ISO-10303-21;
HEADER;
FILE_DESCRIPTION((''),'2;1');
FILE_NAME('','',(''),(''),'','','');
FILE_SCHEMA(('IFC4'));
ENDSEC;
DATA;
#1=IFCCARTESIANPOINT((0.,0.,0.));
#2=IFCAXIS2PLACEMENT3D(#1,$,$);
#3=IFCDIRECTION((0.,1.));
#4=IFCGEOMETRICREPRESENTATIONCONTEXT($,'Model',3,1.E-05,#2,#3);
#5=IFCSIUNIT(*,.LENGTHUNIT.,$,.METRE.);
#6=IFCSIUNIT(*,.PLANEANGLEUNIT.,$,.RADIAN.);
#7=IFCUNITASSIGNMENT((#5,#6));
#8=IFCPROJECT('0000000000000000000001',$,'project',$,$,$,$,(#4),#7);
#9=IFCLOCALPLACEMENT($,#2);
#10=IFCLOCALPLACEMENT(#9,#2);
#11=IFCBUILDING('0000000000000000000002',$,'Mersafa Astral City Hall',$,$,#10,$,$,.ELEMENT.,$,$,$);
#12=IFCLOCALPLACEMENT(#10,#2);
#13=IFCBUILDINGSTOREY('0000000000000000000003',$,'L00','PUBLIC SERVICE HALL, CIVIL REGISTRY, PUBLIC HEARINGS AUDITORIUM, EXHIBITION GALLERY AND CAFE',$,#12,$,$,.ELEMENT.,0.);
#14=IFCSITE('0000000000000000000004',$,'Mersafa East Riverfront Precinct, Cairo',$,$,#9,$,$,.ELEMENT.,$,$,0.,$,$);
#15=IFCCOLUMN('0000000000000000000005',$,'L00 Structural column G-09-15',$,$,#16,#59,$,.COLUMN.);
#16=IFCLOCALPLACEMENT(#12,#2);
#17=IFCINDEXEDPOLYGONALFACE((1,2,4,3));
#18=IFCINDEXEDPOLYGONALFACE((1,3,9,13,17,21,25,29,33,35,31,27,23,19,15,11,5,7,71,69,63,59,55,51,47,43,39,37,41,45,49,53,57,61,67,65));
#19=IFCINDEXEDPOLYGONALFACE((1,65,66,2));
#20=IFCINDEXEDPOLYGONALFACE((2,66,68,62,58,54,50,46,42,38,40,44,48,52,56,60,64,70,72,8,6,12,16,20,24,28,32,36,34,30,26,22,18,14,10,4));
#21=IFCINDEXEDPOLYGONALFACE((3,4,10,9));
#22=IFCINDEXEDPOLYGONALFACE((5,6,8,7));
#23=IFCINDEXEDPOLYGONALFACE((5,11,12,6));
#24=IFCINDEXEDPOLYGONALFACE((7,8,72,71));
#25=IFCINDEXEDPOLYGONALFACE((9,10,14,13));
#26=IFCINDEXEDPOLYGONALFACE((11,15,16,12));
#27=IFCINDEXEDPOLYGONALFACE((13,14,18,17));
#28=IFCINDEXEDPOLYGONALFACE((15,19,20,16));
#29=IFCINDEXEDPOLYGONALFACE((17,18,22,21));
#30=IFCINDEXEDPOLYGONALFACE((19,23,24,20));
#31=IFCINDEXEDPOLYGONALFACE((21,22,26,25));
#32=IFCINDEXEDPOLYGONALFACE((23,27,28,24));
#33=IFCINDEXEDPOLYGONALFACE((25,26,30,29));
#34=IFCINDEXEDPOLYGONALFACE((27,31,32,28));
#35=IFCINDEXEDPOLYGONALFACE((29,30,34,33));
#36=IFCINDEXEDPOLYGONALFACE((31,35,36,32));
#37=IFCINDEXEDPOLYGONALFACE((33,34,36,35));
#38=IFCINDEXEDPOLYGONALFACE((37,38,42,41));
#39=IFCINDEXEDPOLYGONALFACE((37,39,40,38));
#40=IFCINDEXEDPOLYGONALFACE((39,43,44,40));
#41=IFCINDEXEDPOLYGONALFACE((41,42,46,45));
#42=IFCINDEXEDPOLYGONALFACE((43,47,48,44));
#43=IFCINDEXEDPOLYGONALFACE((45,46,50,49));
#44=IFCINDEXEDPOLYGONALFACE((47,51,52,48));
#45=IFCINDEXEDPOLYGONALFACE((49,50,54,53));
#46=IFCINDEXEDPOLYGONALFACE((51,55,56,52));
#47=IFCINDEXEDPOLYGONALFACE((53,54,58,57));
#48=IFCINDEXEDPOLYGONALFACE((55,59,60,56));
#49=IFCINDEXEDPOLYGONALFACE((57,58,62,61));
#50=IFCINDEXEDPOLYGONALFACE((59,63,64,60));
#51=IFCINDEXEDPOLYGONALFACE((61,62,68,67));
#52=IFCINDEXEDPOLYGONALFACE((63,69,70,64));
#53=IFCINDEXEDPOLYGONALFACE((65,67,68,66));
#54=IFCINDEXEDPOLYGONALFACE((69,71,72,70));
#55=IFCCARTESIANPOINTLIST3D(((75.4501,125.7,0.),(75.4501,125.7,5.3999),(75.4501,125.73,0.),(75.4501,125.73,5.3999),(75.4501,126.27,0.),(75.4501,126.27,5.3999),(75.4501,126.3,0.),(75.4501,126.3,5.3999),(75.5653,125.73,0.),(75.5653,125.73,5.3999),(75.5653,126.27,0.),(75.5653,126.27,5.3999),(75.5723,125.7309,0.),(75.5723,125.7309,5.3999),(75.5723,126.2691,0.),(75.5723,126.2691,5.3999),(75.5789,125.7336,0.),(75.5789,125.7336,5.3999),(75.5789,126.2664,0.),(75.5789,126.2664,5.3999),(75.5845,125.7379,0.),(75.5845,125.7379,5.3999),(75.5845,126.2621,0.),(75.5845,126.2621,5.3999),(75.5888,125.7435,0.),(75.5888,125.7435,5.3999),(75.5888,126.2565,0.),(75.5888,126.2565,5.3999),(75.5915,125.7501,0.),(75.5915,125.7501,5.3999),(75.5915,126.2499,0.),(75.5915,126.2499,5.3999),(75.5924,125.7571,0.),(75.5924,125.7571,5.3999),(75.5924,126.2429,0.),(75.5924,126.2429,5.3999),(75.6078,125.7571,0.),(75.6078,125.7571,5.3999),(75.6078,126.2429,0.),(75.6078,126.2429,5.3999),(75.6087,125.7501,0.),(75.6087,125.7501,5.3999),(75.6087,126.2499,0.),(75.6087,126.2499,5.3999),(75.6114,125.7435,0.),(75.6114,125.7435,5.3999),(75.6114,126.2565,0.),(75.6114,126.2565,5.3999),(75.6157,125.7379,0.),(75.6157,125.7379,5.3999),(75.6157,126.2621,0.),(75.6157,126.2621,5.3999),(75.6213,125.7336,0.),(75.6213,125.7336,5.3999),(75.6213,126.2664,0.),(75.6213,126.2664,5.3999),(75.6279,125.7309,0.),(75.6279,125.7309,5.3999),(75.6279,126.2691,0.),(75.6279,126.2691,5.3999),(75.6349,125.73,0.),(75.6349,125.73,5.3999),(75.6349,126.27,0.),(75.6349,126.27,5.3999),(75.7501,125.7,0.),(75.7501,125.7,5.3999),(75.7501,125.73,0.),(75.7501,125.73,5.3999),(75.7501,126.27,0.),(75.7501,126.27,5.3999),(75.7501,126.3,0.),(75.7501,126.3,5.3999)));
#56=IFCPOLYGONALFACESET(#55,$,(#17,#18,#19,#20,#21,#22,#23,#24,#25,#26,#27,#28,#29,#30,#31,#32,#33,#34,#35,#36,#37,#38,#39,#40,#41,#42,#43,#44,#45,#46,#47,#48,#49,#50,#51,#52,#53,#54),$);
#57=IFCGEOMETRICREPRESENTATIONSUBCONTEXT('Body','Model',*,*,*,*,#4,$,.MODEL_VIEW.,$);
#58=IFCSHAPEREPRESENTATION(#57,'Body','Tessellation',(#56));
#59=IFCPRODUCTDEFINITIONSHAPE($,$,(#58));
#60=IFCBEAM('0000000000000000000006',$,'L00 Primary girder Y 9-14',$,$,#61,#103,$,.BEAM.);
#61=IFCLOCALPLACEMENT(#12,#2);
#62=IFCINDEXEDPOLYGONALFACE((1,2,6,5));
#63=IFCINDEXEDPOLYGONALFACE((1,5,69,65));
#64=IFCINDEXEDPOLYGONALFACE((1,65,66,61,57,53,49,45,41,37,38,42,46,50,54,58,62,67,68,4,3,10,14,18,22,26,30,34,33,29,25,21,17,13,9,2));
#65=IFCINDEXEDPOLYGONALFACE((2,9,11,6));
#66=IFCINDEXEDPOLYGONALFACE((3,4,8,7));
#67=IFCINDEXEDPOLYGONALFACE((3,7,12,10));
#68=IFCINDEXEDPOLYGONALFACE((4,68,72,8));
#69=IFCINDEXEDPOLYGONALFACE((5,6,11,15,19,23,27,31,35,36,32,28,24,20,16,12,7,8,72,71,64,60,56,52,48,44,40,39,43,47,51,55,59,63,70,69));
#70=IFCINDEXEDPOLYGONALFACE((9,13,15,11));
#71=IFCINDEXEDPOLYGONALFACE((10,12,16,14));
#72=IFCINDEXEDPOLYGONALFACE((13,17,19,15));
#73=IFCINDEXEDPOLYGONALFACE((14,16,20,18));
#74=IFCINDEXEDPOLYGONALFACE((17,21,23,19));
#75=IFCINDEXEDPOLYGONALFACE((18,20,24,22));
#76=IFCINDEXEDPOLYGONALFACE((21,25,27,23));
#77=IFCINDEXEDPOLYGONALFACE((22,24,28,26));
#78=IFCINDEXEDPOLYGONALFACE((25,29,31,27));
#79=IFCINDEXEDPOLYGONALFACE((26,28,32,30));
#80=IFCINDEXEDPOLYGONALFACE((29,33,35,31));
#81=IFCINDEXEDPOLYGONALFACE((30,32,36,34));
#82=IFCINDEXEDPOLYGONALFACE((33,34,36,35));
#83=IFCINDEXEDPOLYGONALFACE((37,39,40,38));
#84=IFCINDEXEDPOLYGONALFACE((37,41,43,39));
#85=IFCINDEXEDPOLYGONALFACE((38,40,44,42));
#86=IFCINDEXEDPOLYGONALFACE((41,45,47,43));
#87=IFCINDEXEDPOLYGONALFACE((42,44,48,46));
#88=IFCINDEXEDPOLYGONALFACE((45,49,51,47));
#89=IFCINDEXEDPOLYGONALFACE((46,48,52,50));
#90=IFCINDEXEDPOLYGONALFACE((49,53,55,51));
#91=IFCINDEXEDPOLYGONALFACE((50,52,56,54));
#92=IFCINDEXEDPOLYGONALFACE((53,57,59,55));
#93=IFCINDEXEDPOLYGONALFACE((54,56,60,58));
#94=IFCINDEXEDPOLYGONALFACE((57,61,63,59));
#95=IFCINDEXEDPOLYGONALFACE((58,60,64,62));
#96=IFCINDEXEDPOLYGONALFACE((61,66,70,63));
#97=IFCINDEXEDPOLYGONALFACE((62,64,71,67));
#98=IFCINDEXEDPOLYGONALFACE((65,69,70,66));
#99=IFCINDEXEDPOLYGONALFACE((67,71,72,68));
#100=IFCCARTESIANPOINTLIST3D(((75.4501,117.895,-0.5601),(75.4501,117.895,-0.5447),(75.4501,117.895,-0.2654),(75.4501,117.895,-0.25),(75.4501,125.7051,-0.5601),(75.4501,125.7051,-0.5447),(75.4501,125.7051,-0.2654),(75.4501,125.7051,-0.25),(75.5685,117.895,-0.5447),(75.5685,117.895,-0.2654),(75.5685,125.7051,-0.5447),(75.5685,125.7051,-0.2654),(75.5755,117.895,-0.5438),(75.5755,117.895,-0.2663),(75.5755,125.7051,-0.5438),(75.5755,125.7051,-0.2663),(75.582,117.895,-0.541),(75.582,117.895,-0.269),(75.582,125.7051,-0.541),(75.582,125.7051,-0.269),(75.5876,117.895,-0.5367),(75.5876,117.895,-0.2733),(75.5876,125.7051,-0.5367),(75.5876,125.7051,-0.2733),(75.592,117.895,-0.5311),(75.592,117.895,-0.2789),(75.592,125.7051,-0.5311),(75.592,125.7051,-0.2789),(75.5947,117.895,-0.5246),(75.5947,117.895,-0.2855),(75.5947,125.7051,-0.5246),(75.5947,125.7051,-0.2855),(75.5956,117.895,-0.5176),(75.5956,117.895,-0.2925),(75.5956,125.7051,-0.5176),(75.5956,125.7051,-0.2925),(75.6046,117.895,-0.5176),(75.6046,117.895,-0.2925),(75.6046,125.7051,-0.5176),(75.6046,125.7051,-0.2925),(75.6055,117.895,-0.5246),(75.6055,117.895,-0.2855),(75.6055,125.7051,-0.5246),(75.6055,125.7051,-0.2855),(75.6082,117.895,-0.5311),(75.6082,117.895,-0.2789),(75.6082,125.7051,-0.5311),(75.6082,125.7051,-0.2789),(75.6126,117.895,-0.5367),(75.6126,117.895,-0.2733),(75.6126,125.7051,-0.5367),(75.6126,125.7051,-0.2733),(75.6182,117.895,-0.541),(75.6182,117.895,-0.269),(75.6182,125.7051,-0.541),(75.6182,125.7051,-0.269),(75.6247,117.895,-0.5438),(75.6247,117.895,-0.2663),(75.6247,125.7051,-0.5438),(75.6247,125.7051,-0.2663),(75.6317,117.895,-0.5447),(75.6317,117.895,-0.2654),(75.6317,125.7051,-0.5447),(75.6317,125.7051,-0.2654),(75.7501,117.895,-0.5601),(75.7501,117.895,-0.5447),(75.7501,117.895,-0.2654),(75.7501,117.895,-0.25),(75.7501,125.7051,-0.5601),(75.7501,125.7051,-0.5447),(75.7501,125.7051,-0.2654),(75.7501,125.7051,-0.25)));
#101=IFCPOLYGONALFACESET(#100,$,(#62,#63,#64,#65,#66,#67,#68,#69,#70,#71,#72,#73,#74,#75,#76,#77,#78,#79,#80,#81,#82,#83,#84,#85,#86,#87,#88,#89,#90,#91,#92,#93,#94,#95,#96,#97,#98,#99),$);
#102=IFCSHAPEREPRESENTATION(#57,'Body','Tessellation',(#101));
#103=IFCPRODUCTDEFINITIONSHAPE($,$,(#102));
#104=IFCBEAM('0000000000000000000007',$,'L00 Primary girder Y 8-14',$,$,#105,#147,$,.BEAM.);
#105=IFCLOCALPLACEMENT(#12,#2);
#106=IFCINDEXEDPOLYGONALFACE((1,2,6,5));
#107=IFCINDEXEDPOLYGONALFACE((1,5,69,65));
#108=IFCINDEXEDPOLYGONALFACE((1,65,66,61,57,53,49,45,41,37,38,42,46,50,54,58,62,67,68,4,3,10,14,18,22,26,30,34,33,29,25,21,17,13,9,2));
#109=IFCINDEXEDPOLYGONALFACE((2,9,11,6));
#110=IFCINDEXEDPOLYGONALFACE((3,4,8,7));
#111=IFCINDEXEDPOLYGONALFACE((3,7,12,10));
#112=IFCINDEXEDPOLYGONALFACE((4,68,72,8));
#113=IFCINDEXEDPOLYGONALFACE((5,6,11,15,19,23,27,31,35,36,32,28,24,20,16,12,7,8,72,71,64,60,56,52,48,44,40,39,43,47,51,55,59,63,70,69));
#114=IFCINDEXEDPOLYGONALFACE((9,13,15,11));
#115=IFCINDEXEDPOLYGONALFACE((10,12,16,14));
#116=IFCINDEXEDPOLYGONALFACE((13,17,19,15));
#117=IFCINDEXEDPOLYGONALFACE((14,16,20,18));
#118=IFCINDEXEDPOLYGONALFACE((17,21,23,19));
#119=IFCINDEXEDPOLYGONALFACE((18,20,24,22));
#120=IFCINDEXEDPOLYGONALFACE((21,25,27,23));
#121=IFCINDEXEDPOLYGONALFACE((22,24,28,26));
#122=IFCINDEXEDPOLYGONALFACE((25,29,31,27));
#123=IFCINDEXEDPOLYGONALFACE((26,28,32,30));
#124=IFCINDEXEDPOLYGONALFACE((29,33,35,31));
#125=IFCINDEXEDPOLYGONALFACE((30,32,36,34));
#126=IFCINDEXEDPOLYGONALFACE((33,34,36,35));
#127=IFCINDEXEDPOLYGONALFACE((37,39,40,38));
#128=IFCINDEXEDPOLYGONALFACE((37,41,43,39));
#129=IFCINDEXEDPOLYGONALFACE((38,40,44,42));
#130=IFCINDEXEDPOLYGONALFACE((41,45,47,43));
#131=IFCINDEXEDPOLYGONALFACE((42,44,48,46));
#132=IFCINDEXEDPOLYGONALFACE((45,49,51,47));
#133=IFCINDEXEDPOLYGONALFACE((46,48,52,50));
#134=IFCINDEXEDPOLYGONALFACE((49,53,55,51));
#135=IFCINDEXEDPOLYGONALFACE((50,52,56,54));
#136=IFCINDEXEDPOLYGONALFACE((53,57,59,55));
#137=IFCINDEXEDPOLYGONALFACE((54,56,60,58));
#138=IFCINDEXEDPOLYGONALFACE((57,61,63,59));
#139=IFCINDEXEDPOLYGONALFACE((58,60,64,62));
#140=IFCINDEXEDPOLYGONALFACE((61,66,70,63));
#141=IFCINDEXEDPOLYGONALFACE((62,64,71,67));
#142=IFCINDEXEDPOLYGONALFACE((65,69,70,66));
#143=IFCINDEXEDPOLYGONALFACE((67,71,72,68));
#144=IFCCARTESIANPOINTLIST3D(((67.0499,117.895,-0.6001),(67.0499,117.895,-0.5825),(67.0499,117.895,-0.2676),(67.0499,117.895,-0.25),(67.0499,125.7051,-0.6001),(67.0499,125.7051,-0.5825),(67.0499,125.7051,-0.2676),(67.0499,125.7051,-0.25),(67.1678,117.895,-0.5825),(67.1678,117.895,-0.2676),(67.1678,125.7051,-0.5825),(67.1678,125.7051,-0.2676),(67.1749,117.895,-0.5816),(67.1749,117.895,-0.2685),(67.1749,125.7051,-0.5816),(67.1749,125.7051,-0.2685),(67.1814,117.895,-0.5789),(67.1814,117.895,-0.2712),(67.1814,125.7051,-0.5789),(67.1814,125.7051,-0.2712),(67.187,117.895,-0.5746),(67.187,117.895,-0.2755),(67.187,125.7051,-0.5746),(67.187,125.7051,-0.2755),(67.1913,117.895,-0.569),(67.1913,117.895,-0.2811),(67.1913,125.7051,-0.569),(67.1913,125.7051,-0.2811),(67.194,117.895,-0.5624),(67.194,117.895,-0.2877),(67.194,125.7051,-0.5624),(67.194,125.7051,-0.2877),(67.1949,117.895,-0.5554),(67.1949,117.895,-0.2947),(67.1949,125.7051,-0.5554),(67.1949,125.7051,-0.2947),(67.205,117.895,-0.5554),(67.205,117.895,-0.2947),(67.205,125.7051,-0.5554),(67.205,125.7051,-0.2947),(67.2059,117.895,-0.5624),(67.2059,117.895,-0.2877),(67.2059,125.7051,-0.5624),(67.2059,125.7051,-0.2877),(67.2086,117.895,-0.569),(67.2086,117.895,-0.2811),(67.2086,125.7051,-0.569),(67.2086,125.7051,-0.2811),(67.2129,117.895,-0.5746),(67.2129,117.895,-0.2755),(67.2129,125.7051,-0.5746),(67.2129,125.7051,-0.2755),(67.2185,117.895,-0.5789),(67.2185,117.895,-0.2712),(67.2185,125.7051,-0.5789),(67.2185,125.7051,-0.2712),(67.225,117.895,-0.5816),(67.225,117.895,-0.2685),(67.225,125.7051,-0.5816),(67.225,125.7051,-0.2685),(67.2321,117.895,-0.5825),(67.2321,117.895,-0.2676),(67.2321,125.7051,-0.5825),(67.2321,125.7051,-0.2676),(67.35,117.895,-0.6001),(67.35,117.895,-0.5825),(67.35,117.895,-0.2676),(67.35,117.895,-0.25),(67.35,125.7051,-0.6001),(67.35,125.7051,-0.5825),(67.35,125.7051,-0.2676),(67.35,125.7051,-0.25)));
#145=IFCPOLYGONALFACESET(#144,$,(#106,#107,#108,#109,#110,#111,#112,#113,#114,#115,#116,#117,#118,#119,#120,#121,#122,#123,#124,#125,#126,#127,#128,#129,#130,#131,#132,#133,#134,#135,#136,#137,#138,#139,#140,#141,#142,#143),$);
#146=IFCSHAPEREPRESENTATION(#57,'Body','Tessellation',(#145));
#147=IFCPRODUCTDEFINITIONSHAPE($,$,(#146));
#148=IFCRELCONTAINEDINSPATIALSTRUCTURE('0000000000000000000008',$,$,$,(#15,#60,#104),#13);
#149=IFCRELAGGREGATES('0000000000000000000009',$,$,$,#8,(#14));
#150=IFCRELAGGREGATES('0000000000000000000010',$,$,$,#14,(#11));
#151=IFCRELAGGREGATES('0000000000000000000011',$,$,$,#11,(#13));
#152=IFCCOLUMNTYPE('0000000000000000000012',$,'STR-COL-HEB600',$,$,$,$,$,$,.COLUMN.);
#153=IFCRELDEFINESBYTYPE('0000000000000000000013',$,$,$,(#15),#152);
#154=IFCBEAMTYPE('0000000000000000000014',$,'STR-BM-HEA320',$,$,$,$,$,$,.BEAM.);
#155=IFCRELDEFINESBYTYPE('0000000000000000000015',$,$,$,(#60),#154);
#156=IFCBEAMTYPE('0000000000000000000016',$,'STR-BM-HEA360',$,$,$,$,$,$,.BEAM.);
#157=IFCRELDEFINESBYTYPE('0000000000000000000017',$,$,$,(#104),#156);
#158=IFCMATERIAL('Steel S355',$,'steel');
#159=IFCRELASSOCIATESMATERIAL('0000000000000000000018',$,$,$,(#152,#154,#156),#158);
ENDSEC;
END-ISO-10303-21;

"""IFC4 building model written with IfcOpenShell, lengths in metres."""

from ifc_helpers import new_model, si_unit, direction, frame, origin, origin_2d, place, context, subcontext, project, spatial, i_section, extrude, material, material_profile, profile_set, type_object, element, save


model = new_model("IFC4")

# Units and contexts
model_context = context("Model", 3, precision=1e-05, world=origin(), true_north=direction((0.0, 1.0)))
body_context = subcontext(model_context, "Body", "Model", "MODEL_VIEW")
ifc_project = project(units=[si_unit("LENGTHUNIT", "METRE"), si_unit("PLANEANGLEUNIT", "RADIAN")], contexts=[model_context])

# Site, building, storey
site_placement = place(None, origin())
site = spatial("IfcSite", under=ifc_project, at=site_placement, Name="Mersafa East Riverfront Precinct, Cairo", CompositionType="ELEMENT", RefElevation=0.0)
building_placement = place(site_placement, origin())
building = spatial("IfcBuilding", under=site, at=building_placement, Name="Mersafa Astral City Hall", CompositionType="ELEMENT")
storey_placement = place(building_placement, origin())
storey = spatial("IfcBuildingStorey", under=building, at=storey_placement, Name="L00", Description="PUBLIC SERVICE HALL, CIVIL REGISTRY, PUBLIC HEARINGS AUDITORIUM, EXHIBITION GALLERY AND CAFE", CompositionType="ELEMENT", Elevation=0.0)

# Column
ifc_material_1 = material(Name="Steel S355", Category="steel")
ifc_material_profile_1 = material_profile(ifc_material_1, i_section(OverallWidth=0.3, OverallDepth=0.6001, WebThickness=0.0154, FlangeThickness=0.03, FilletRadius=0.0271, at=origin_2d()), Name="HEB 600")
ifc_profile_set_1 = profile_set([ifc_material_profile_1], Name="Steel S355")
column_type = type_object("IfcColumnType", Name="STR-COL-HEB600", PredefinedType="COLUMN", material=ifc_profile_set_1)
for number, where, z_axis, x_axis, name in (
    (1, (75.6001, 126.0, 0.0), (0.0, 0.0, 1.0), (1.0, 0.0, 0.0), "L00 Structural column G-09-15"),
):
    element("IfcColumn", number, at=place(storey_placement, frame(where, z_axis=z_axis, x_axis=x_axis)), inside=storey, type_object=column_type, Name=name, PredefinedType="COLUMN", context=body_context, shape_type="SweptSolid", body=[
        extrude(i_section(OverallWidth=0.3, OverallDepth=0.6001, WebThickness=0.0154, FlangeThickness=0.03, FilletRadius=0.0271, at=origin_2d()), origin(), (0.0, 0.0, 1.0), 5.3999),
    ])

# Beams
ifc_material_profile_2 = material_profile(ifc_material_1, i_section(OverallWidth=0.3, OverallDepth=0.3101, WebThickness=0.009, FlangeThickness=0.0154, FilletRadius=0.0271, at=origin_2d()), Name="HEA 320")
ifc_profile_set_2 = profile_set([ifc_material_profile_2], Name="Steel S355")
beam_type_1 = type_object("IfcBeamType", Name="STR-BM-HEA320", PredefinedType="BEAM", material=ifc_profile_set_2)
beam_1_placement = place(storey_placement, frame((75.6001, 117.895, -0.405), z_axis=(0.0, 1.0, 0.0), x_axis=(-1.0, 0.0, 0.0)))
element("IfcBeam", 2, at=beam_1_placement, inside=storey, type_object=beam_type_1, Name="L00 Primary girder Y 9-14", PredefinedType="BEAM", context=body_context, shape_type="SweptSolid", body=[
    extrude(i_section(OverallWidth=0.3, OverallDepth=0.3101, WebThickness=0.009, FlangeThickness=0.0154, FilletRadius=0.0271, at=origin_2d()), origin(), (0.0, 0.0, 1.0), 7.8101),
])
ifc_material_profile_3 = material_profile(ifc_material_1, i_section(OverallWidth=0.3, OverallDepth=0.3501, WebThickness=0.01, FlangeThickness=0.0176, FilletRadius=0.0271, at=origin_2d()), Name="HEA 360")
ifc_profile_set_3 = profile_set([ifc_material_profile_3], Name="Steel S355")
beam_type_2 = type_object("IfcBeamType", Name="STR-BM-HEA360", PredefinedType="BEAM", material=ifc_profile_set_3)
beam_2_placement = place(storey_placement, frame((67.2, 117.895, -0.425), z_axis=(0.0, 1.0, 0.0), x_axis=(-1.0, 0.0, 0.0)))
element("IfcBeam", 3, at=beam_2_placement, inside=storey, type_object=beam_type_2, Name="L00 Primary girder Y 8-14", PredefinedType="BEAM", context=body_context, shape_type="SweptSolid", body=[
    extrude(i_section(OverallWidth=0.3, OverallDepth=0.3501, WebThickness=0.01, FlangeThickness=0.0176, FilletRadius=0.0271, at=origin_2d()), origin(), (0.0, 0.0, 1.0), 7.8101),
])

save(model, "model.ifc")
